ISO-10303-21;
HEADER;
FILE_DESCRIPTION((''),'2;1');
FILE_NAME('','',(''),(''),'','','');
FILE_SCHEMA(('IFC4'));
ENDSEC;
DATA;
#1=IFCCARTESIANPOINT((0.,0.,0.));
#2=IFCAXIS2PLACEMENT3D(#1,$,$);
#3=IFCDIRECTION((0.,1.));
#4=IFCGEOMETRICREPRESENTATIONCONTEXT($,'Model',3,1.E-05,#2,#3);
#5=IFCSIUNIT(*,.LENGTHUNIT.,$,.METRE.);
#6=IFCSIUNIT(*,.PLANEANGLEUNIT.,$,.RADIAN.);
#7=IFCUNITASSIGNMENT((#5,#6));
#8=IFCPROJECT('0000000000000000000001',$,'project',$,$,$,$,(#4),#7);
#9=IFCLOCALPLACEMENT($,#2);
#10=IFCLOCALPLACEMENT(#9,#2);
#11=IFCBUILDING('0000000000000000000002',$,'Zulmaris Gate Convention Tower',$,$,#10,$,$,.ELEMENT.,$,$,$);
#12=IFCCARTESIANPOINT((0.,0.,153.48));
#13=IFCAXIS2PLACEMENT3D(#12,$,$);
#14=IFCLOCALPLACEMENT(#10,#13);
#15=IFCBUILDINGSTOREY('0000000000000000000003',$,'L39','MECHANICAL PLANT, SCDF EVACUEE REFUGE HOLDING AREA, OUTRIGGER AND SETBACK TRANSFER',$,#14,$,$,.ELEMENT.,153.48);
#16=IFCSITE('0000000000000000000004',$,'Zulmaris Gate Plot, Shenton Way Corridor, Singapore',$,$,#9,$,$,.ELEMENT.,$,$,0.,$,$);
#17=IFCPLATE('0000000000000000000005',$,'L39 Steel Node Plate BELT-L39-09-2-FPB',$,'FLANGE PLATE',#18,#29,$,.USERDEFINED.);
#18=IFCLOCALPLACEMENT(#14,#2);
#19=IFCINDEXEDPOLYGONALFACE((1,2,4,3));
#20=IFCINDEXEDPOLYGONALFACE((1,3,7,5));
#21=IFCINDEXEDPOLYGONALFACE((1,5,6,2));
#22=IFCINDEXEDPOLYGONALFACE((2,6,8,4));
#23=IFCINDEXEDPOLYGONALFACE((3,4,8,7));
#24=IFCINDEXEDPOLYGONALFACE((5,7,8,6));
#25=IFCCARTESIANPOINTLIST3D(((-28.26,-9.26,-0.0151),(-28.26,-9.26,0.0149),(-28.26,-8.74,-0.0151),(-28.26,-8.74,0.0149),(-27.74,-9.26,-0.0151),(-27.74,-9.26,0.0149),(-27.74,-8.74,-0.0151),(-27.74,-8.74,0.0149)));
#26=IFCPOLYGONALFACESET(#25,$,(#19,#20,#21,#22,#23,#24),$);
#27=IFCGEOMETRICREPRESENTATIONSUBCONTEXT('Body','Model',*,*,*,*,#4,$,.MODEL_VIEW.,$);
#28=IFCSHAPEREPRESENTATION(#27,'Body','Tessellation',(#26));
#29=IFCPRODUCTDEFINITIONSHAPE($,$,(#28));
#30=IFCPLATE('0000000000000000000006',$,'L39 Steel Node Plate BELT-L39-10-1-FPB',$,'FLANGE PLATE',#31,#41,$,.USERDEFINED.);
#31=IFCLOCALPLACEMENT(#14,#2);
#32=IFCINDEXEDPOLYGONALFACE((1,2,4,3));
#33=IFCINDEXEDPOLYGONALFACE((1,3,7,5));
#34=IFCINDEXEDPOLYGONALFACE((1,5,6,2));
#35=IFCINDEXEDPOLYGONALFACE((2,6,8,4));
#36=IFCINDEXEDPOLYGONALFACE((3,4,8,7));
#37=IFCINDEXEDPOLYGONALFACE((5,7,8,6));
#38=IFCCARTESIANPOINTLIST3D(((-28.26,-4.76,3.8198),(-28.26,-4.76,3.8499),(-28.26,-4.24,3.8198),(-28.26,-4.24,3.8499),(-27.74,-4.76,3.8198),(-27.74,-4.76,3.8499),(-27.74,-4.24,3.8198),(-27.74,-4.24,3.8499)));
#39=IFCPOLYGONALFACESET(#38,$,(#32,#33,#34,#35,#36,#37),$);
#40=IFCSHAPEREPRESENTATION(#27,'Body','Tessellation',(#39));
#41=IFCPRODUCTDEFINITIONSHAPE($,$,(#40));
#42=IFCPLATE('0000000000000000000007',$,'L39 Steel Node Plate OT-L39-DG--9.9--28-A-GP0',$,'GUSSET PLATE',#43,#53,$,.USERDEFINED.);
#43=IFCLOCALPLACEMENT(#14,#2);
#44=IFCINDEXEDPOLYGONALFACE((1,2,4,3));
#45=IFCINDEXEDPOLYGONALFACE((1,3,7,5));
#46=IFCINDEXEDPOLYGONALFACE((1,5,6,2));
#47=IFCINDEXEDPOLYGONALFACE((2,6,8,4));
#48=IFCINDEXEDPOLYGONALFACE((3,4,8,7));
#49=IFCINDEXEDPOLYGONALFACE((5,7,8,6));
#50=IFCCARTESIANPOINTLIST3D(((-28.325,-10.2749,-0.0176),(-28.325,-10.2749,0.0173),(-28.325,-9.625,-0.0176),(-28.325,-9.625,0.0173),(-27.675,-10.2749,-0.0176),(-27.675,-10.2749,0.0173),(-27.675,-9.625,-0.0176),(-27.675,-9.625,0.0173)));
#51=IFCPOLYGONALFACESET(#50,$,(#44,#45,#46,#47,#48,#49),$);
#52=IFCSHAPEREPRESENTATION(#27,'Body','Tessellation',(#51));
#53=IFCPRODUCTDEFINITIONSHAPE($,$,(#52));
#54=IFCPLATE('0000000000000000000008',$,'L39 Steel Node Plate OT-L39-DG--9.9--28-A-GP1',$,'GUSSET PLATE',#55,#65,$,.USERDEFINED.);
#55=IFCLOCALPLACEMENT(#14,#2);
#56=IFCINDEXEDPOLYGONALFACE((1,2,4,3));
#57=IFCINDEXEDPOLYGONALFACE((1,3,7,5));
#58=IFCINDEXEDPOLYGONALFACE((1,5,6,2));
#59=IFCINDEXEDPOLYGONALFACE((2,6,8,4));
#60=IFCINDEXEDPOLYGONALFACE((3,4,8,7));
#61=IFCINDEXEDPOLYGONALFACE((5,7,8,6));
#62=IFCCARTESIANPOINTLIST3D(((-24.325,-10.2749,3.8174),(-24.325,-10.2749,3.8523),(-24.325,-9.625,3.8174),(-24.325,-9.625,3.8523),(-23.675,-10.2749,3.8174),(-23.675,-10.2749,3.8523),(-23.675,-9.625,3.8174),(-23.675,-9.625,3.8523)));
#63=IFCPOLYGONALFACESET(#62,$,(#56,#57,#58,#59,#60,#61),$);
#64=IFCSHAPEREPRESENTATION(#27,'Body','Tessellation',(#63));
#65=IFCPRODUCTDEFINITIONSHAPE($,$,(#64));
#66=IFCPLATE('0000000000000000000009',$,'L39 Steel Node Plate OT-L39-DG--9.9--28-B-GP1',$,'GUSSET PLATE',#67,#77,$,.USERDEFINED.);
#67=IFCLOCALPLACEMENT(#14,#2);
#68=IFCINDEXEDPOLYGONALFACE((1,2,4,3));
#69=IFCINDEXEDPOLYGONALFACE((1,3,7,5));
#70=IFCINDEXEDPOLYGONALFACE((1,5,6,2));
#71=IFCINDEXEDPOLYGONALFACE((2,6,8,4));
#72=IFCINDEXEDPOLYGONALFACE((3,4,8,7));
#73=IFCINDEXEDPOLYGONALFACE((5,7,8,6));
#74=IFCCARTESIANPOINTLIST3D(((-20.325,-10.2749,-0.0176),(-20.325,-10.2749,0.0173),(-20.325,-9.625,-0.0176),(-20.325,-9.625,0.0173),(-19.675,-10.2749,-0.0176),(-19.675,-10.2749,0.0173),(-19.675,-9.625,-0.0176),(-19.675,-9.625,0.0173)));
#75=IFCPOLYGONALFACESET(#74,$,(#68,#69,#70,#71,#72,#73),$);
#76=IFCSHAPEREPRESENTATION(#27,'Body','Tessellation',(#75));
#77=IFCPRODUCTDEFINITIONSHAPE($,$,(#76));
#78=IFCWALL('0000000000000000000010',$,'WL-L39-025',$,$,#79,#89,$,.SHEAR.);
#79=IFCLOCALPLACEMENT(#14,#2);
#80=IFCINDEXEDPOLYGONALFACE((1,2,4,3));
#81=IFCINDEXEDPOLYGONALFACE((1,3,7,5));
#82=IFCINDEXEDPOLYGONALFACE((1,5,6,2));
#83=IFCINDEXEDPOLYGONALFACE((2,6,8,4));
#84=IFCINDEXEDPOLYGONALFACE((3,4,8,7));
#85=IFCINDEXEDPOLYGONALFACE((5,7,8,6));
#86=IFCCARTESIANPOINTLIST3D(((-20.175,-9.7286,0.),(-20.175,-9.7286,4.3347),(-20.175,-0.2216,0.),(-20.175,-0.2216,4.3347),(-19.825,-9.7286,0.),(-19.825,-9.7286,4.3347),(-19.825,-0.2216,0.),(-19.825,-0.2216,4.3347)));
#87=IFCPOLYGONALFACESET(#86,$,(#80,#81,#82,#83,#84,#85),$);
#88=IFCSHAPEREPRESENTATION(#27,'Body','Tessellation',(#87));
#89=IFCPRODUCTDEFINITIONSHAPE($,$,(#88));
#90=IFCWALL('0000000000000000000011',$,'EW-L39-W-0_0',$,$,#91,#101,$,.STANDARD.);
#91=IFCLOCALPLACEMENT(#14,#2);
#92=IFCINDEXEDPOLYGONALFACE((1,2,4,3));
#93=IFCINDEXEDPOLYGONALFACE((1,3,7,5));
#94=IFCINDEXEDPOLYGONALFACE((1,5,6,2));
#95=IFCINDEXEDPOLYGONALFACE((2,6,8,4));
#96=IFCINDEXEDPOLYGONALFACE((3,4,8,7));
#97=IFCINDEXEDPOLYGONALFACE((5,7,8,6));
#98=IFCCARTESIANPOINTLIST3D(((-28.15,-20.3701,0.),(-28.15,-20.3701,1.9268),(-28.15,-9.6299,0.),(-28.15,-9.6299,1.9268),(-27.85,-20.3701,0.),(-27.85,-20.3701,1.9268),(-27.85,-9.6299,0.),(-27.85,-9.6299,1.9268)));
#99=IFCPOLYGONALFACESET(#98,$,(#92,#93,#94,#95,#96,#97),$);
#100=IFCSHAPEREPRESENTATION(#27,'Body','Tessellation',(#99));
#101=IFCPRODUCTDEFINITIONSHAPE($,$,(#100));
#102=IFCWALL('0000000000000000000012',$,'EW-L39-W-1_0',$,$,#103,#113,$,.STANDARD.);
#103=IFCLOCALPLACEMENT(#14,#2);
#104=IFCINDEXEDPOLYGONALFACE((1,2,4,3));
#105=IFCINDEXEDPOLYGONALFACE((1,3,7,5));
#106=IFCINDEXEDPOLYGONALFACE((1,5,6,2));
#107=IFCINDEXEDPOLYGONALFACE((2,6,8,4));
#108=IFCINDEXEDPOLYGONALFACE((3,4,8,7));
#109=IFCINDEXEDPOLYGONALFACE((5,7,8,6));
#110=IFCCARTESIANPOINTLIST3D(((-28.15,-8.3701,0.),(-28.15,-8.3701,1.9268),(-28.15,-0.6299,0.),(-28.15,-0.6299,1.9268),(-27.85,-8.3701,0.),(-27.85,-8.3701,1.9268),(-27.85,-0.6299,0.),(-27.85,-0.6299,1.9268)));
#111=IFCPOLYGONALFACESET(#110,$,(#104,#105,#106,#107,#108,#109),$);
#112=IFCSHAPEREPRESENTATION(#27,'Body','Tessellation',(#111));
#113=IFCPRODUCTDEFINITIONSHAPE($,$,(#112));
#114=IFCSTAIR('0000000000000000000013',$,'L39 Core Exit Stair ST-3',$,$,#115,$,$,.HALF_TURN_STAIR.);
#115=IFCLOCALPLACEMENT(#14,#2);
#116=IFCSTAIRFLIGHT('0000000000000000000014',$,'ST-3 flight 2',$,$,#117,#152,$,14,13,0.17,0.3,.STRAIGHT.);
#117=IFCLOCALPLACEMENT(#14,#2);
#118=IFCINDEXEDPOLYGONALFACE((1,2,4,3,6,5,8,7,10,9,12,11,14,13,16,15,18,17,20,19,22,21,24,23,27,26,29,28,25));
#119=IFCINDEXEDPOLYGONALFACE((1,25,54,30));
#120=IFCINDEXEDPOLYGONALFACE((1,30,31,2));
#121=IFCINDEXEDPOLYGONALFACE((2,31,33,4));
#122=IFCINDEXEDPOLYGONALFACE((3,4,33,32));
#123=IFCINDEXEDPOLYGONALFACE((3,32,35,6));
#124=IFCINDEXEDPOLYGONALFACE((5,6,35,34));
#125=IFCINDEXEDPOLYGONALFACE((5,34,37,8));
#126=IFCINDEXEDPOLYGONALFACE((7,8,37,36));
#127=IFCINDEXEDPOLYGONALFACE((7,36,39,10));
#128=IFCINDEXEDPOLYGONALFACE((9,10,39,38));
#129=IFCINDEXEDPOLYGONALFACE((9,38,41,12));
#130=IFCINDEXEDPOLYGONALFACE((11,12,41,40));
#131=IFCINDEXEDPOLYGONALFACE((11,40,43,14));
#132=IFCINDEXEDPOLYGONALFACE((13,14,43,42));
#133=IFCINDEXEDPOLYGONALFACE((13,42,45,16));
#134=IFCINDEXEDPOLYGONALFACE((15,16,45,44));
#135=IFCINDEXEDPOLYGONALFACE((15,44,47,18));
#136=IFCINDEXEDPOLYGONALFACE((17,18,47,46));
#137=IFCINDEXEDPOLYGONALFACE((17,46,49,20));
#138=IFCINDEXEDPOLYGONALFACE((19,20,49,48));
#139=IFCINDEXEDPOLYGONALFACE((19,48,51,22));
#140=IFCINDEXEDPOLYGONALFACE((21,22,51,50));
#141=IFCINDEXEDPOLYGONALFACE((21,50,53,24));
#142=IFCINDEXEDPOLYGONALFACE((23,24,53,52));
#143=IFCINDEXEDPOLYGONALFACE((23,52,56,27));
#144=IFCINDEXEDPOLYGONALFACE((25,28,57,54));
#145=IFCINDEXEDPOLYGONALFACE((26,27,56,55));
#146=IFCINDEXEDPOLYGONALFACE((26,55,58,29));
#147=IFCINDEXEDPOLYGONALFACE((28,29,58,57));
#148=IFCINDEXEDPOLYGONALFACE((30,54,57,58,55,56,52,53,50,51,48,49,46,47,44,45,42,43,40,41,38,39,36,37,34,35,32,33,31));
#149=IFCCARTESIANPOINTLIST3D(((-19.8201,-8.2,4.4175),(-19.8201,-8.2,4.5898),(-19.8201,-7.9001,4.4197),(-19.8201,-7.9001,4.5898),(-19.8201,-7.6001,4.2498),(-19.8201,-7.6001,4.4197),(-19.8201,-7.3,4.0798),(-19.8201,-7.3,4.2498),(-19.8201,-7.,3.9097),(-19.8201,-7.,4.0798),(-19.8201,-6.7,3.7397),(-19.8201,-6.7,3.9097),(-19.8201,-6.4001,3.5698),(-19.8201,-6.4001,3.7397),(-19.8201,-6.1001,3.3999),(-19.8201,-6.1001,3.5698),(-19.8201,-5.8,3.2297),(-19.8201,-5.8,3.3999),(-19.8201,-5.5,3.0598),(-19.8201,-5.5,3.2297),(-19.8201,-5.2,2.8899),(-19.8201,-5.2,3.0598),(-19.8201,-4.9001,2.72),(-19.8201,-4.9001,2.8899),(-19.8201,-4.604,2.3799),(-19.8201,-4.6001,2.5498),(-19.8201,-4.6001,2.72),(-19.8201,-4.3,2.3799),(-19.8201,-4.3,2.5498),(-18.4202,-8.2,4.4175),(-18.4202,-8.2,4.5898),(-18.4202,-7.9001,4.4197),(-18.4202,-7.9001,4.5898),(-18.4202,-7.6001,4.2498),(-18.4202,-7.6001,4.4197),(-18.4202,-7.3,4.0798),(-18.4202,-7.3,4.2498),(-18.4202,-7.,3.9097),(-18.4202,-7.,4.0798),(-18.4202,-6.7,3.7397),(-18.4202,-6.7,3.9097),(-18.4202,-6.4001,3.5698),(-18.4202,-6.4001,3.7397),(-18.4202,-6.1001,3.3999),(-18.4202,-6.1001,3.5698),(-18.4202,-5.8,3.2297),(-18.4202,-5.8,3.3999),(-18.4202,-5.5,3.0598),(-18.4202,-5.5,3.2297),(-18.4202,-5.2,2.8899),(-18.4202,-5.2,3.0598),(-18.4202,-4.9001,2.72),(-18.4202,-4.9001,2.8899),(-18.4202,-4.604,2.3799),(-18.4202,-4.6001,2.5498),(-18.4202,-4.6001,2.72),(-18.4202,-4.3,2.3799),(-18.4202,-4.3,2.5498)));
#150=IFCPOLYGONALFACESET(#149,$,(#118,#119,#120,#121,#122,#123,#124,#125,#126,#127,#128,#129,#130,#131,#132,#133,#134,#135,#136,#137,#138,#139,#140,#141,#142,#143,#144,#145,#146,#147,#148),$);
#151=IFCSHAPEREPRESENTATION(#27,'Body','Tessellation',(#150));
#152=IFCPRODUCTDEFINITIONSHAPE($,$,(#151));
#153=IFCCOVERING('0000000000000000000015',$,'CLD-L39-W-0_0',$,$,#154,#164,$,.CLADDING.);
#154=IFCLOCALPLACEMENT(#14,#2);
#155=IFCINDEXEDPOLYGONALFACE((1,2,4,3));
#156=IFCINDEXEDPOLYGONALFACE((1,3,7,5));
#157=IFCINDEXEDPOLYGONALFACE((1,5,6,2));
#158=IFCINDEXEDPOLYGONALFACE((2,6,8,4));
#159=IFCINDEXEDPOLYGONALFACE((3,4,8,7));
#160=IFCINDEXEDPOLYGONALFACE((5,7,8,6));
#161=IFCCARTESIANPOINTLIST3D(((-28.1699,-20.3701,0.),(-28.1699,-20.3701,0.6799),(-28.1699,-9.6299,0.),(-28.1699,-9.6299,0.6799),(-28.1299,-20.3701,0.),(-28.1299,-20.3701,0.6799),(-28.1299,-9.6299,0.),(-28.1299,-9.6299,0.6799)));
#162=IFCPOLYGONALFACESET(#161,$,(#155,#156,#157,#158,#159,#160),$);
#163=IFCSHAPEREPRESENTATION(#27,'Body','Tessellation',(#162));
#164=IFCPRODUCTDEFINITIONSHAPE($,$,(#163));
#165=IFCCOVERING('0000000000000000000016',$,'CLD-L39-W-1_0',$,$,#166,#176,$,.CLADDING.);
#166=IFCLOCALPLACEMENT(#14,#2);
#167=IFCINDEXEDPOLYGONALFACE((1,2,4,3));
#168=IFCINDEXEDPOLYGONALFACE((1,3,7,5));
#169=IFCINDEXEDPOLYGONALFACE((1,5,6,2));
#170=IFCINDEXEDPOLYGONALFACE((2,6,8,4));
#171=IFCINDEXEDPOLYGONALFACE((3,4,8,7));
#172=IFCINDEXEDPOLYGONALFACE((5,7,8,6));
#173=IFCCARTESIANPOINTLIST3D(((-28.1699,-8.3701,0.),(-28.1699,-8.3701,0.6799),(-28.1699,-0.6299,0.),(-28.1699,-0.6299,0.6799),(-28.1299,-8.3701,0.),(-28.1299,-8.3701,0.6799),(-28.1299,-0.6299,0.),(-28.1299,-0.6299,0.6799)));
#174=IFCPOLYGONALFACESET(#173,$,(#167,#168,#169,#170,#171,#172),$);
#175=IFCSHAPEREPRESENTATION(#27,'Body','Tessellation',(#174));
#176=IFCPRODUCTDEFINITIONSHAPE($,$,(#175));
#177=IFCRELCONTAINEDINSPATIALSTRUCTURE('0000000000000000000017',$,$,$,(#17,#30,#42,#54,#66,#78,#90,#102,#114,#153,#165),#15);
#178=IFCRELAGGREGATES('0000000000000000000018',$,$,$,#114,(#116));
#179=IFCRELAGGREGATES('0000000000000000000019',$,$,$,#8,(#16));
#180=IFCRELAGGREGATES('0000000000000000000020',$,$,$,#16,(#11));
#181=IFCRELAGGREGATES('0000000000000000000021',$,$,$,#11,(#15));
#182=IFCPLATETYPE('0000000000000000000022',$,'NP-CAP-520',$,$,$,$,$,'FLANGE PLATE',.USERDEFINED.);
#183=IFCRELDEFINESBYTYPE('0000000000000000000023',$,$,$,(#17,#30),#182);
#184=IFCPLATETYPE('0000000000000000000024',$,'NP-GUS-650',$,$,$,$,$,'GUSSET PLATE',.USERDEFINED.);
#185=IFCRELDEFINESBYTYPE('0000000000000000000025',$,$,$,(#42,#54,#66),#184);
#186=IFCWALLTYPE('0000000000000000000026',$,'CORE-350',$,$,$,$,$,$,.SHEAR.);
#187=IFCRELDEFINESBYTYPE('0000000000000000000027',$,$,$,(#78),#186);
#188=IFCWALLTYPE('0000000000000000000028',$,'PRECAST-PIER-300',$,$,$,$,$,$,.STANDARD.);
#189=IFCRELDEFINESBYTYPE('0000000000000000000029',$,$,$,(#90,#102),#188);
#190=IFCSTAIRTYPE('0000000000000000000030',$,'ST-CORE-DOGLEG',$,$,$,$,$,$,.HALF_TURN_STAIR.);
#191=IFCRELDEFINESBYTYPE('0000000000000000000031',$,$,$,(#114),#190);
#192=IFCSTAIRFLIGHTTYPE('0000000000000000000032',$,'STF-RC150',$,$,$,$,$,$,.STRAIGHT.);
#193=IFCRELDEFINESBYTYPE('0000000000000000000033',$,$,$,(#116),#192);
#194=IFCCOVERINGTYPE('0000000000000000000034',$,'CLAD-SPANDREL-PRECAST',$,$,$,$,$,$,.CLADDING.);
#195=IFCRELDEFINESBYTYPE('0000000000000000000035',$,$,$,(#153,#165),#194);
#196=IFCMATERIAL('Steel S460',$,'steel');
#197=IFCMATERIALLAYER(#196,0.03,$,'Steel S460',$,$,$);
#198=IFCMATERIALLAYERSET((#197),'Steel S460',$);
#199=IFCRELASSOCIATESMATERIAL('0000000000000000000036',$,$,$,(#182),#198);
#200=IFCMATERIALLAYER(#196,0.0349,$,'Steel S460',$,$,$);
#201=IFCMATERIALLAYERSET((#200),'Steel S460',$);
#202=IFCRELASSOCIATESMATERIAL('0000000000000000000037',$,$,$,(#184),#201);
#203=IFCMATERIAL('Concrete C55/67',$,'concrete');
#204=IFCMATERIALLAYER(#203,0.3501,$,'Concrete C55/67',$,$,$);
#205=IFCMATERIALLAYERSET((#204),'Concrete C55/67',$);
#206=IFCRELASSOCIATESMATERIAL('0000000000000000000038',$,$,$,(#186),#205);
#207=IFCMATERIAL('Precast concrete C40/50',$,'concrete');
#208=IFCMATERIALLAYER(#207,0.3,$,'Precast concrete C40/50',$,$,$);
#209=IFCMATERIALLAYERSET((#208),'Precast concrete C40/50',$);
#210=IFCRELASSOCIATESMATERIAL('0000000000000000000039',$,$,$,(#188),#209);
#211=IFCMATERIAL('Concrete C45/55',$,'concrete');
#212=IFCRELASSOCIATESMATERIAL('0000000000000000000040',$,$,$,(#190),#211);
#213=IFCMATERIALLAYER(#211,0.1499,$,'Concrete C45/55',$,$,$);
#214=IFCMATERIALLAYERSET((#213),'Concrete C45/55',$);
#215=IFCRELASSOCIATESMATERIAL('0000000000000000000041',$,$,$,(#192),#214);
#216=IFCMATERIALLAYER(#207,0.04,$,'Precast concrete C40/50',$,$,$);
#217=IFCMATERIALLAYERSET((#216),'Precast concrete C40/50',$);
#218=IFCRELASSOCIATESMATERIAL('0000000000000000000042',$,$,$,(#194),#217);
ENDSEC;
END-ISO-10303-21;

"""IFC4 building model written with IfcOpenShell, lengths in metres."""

from ifc_helpers import new_model, si_unit, direction, frame, frame_2d, origin, origin_2d, place, context, subcontext, project, spatial, polyline, rectangle, outline, extrude, material, layer, layer_set, type_object, element, aggregate, save


model = new_model("IFC4")

# Units and contexts
model_context = context("Model", 3, precision=1e-05, world=origin(), true_north=direction((0.0, 1.0)))
body_context = subcontext(model_context, "Body", "Model", "MODEL_VIEW")
ifc_project = project(units=[si_unit("LENGTHUNIT", "METRE"), si_unit("PLANEANGLEUNIT", "RADIAN")], contexts=[model_context])

# Site, building, storey
site_placement = place(None, origin())
site = spatial("IfcSite", under=ifc_project, at=site_placement, Name="Zulmaris Gate Plot, Shenton Way Corridor, Singapore", CompositionType="ELEMENT", RefElevation=0.0)
building_placement = place(site_placement, origin())
building = spatial("IfcBuilding", under=site, at=building_placement, Name="Zulmaris Gate Convention Tower", CompositionType="ELEMENT")
storey_placement = place(building_placement, frame((0.0, 0.0, 153.48)))
storey = spatial("IfcBuildingStorey", under=building, at=storey_placement, Name="L39", Description="MECHANICAL PLANT, SCDF EVACUEE REFUGE HOLDING AREA, OUTRIGGER AND SETBACK TRANSFER", CompositionType="ELEMENT", Elevation=153.48)

# Shared definitions
ifc_material_1 = material(Name="Steel S460", Category="steel")

# Plates
ifc_layer_1 = layer(ifc_material_1, 0.03, Name="Steel S460")
ifc_layer_set_1 = layer_set([ifc_layer_1], Name="Steel S460")
plate_type_1 = type_object("IfcPlateType", Name="NP-CAP-520", ElementType="FLANGE PLATE", PredefinedType="USERDEFINED", material=ifc_layer_set_1)
for number, where, z_axis, x_axis, name in (
    (1, (-28.0, -9.0, -0.0151), (0.0, 0.0, 1.0), (1.0, 0.0, 0.0), "L39 Steel Node Plate BELT-L39-09-2-FPB"),
    (2, (-28.0, -4.5, 3.8198), (0.0, 0.0, 1.0), (1.0, 0.0, 0.0), "L39 Steel Node Plate BELT-L39-10-1-FPB"),
):
    element("IfcPlate", number, at=place(storey_placement, frame(where, z_axis=z_axis, x_axis=x_axis)), inside=storey, type_object=plate_type_1, Name=name, ObjectType="FLANGE PLATE", PredefinedType="USERDEFINED", context=body_context, shape_type="SweptSolid", body=[
        extrude(rectangle(XDim=0.52, YDim=0.52, at=origin_2d()), origin(), (0.0, 0.0, 1.0), 0.03),
    ])
ifc_layer_2 = layer(ifc_material_1, 0.0349, Name="Steel S460")
ifc_layer_set_2 = layer_set([ifc_layer_2], Name="Steel S460")
plate_type_2 = type_object("IfcPlateType", Name="NP-GUS-650", ElementType="GUSSET PLATE", PredefinedType="USERDEFINED", material=ifc_layer_set_2)
for number, where, z_axis, x_axis, name in (
    (3, (-28.0, -9.95, -0.0176), (0.0, 0.0, 1.0), (1.0, 0.0, 0.0), "L39 Steel Node Plate OT-L39-DG--9.9--28-A-GP0"),
    (4, (-24.0, -9.95, 3.8174), (0.0, 0.0, 1.0), (1.0, 0.0, 0.0), "L39 Steel Node Plate OT-L39-DG--9.9--28-A-GP1"),
    (5, (-20.0, -9.95, -0.0176), (0.0, 0.0, 1.0), (1.0, 0.0, 0.0), "L39 Steel Node Plate OT-L39-DG--9.9--28-B-GP1"),
):
    element("IfcPlate", number, at=place(storey_placement, frame(where, z_axis=z_axis, x_axis=x_axis)), inside=storey, type_object=plate_type_2, Name=name, ObjectType="GUSSET PLATE", PredefinedType="USERDEFINED", context=body_context, shape_type="SweptSolid", body=[
        extrude(rectangle(XDim=0.6499, YDim=0.6499, at=origin_2d()), origin(), (0.0, 0.0, 1.0), 0.0349),
    ])

# Shared definitions
ifc_material_2 = material(Name="Concrete C55/67", Category="concrete")
ifc_layer_3 = layer(ifc_material_2, 0.3501, Name="Concrete C55/67")
ifc_layer_set_3 = layer_set([ifc_layer_3], Name="Concrete C55/67")
wall_type_1 = type_object("IfcWallType", Name="CORE-350", PredefinedType="SHEAR", material=ifc_layer_set_3)

# Walls
wall_1_placement = place(storey_placement, frame((-20.0, -9.7285, 0.0), z_axis=(0.0, 0.0, 1.0), x_axis=(0.0, 1.0, 0.0)))
element("IfcWall", 6, at=wall_1_placement, inside=storey, type_object=wall_type_1, Name="WL-L39-025", PredefinedType="SHEAR", context=body_context, shape_type="SweptSolid", body=[
    extrude(rectangle(XDim=9.5071, YDim=0.3501, at=frame_2d((4.7534, 0.0))), origin(), (0.0, 0.0, 1.0), 4.3347),
])
ifc_material_3 = material(Name="Precast concrete C40/50", Category="concrete")
ifc_layer_4 = layer(ifc_material_3, 0.3, Name="Precast concrete C40/50")
ifc_layer_set_4 = layer_set([ifc_layer_4], Name="Precast concrete C40/50")
wall_type_2 = type_object("IfcWallType", Name="PRECAST-PIER-300", PredefinedType="STANDARD", material=ifc_layer_set_4)
wall_2_placement = place(storey_placement, frame((-28.0, -9.6299, 0.0), z_axis=(0.0, 0.0, 1.0), x_axis=(0.0, -1.0, 0.0)))
element("IfcWall", 7, at=wall_2_placement, inside=storey, type_object=wall_type_2, Name="EW-L39-W-0_0", PredefinedType="STANDARD", context=body_context, shape_type="SweptSolid", body=[
    extrude(rectangle(XDim=10.7402, YDim=0.3, at=frame_2d((5.3701, 0.0))), origin(), (0.0, 0.0, 1.0), 1.9268),
])
wall_3_placement = place(storey_placement, frame((-28.0, -0.6299, 0.0), z_axis=(0.0, 0.0, 1.0), x_axis=(0.0, -1.0, 0.0)))
element("IfcWall", 8, at=wall_3_placement, inside=storey, type_object=wall_type_2, Name="EW-L39-W-1_0", PredefinedType="STANDARD", context=body_context, shape_type="SweptSolid", body=[
    extrude(rectangle(XDim=7.7402, YDim=0.3, at=frame_2d((3.8701, 0.0))), origin(), (0.0, 0.0, 1.0), 1.9268),
])

# Stair, stair flight
ifc_material_4 = material(Name="Concrete C45/55", Category="concrete")
stair_type = type_object("IfcStairType", Name="ST-CORE-DOGLEG", PredefinedType="HALF_TURN_STAIR", material=ifc_material_4)
stair_placement = place(storey_placement, origin())
stair = element("IfcStair", 9, at=stair_placement, inside=storey, type_object=stair_type, Name="L39 Core Exit Stair ST-3", PredefinedType="HALF_TURN_STAIR")
ifc_layer_5 = layer(ifc_material_4, 0.1499, Name="Concrete C45/55")
ifc_layer_set_5 = layer_set([ifc_layer_5], Name="Concrete C45/55")
stair_flight_type = type_object("IfcStairFlightType", Name="STF-RC150", PredefinedType="STRAIGHT", material=ifc_layer_set_5)
stair_flight_placement = place(storey_placement, frame((-19.1201, -4.3, 2.3799), z_axis=(0.0, 0.0, 1.0), x_axis=(0.0, -1.0, 0.0)))
stair_flight = element("IfcStairFlight", 10, at=stair_flight_placement, type_object=stair_flight_type, Name="ST-3 flight 2", NumberOfRisers=14, NumberOfTreads=13, PredefinedType="STRAIGHT", RiserHeight=0.17, TreadLength=0.3, context=body_context, shape_type="SweptSolid", body=[
    extrude(outline(polyline([(0.0, 0.0), (0.0, 0.1699), (0.3, 0.1699), (0.3, 0.3401), (0.6001, 0.3401), (0.6001, 0.51), (0.8999, 0.51), (0.8999, 0.6799), (1.2, 0.6799), (1.2, 0.8499), (1.5, 0.8499), (1.5, 1.02), (1.8, 1.02), (1.8, 1.1899), (2.1001, 1.1899), (2.1001, 1.3599), (2.3999, 1.3599), (2.3999, 1.5298), (2.7, 1.5298), (2.7, 1.7), (3.0, 1.7), (3.0, 1.8699), (3.3, 1.8699), (3.3, 2.0398), (3.6001, 2.0398), (3.6001, 2.21), (3.8999, 2.21), (3.8999, 2.3799), (3.8999, 2.0376), (0.304, 0.0), (0.0, 0.0)])), frame((0.0, 0.7, 0.0), z_axis=(0.0, -1.0, 0.0), x_axis=(1.0, 0.0, 0.0)), (0.0, 0.0, 1.0), 1.3999),
])
aggregate(stair, [stair_flight])

# Coverings
ifc_layer_6 = layer(ifc_material_3, 0.04, Name="Precast concrete C40/50")
ifc_layer_set_6 = layer_set([ifc_layer_6], Name="Precast concrete C40/50")
covering_type = type_object("IfcCoveringType", Name="CLAD-SPANDREL-PRECAST", PredefinedType="CLADDING", material=ifc_layer_set_6)
covering_1_placement = place(storey_placement, frame((-28.1499, -9.6299, 0.0), z_axis=(0.0, 0.0, 1.0), x_axis=(0.0, -1.0, 0.0)))
element("IfcCovering", 11, at=covering_1_placement, inside=storey, type_object=covering_type, Name="CLD-L39-W-0_0", PredefinedType="CLADDING", context=body_context, shape_type="SweptSolid", body=[
    extrude(rectangle(XDim=10.7402, YDim=0.04, at=frame_2d((5.3701, 0.0))), origin(), (0.0, 0.0, 1.0), 0.6799),
])
covering_2_placement = place(storey_placement, frame((-28.1499, -0.6299, 0.0), z_axis=(0.0, 0.0, 1.0), x_axis=(0.0, -1.0, 0.0)))
element("IfcCovering", 12, at=covering_2_placement, inside=storey, type_object=covering_type, Name="CLD-L39-W-1_0", PredefinedType="CLADDING", context=body_context, shape_type="SweptSolid", body=[
    extrude(rectangle(XDim=7.7402, YDim=0.04, at=frame_2d((3.8701, 0.0))), origin(), (0.0, 0.0, 1.0), 0.6799),
])

save(model, "model.ifc")
